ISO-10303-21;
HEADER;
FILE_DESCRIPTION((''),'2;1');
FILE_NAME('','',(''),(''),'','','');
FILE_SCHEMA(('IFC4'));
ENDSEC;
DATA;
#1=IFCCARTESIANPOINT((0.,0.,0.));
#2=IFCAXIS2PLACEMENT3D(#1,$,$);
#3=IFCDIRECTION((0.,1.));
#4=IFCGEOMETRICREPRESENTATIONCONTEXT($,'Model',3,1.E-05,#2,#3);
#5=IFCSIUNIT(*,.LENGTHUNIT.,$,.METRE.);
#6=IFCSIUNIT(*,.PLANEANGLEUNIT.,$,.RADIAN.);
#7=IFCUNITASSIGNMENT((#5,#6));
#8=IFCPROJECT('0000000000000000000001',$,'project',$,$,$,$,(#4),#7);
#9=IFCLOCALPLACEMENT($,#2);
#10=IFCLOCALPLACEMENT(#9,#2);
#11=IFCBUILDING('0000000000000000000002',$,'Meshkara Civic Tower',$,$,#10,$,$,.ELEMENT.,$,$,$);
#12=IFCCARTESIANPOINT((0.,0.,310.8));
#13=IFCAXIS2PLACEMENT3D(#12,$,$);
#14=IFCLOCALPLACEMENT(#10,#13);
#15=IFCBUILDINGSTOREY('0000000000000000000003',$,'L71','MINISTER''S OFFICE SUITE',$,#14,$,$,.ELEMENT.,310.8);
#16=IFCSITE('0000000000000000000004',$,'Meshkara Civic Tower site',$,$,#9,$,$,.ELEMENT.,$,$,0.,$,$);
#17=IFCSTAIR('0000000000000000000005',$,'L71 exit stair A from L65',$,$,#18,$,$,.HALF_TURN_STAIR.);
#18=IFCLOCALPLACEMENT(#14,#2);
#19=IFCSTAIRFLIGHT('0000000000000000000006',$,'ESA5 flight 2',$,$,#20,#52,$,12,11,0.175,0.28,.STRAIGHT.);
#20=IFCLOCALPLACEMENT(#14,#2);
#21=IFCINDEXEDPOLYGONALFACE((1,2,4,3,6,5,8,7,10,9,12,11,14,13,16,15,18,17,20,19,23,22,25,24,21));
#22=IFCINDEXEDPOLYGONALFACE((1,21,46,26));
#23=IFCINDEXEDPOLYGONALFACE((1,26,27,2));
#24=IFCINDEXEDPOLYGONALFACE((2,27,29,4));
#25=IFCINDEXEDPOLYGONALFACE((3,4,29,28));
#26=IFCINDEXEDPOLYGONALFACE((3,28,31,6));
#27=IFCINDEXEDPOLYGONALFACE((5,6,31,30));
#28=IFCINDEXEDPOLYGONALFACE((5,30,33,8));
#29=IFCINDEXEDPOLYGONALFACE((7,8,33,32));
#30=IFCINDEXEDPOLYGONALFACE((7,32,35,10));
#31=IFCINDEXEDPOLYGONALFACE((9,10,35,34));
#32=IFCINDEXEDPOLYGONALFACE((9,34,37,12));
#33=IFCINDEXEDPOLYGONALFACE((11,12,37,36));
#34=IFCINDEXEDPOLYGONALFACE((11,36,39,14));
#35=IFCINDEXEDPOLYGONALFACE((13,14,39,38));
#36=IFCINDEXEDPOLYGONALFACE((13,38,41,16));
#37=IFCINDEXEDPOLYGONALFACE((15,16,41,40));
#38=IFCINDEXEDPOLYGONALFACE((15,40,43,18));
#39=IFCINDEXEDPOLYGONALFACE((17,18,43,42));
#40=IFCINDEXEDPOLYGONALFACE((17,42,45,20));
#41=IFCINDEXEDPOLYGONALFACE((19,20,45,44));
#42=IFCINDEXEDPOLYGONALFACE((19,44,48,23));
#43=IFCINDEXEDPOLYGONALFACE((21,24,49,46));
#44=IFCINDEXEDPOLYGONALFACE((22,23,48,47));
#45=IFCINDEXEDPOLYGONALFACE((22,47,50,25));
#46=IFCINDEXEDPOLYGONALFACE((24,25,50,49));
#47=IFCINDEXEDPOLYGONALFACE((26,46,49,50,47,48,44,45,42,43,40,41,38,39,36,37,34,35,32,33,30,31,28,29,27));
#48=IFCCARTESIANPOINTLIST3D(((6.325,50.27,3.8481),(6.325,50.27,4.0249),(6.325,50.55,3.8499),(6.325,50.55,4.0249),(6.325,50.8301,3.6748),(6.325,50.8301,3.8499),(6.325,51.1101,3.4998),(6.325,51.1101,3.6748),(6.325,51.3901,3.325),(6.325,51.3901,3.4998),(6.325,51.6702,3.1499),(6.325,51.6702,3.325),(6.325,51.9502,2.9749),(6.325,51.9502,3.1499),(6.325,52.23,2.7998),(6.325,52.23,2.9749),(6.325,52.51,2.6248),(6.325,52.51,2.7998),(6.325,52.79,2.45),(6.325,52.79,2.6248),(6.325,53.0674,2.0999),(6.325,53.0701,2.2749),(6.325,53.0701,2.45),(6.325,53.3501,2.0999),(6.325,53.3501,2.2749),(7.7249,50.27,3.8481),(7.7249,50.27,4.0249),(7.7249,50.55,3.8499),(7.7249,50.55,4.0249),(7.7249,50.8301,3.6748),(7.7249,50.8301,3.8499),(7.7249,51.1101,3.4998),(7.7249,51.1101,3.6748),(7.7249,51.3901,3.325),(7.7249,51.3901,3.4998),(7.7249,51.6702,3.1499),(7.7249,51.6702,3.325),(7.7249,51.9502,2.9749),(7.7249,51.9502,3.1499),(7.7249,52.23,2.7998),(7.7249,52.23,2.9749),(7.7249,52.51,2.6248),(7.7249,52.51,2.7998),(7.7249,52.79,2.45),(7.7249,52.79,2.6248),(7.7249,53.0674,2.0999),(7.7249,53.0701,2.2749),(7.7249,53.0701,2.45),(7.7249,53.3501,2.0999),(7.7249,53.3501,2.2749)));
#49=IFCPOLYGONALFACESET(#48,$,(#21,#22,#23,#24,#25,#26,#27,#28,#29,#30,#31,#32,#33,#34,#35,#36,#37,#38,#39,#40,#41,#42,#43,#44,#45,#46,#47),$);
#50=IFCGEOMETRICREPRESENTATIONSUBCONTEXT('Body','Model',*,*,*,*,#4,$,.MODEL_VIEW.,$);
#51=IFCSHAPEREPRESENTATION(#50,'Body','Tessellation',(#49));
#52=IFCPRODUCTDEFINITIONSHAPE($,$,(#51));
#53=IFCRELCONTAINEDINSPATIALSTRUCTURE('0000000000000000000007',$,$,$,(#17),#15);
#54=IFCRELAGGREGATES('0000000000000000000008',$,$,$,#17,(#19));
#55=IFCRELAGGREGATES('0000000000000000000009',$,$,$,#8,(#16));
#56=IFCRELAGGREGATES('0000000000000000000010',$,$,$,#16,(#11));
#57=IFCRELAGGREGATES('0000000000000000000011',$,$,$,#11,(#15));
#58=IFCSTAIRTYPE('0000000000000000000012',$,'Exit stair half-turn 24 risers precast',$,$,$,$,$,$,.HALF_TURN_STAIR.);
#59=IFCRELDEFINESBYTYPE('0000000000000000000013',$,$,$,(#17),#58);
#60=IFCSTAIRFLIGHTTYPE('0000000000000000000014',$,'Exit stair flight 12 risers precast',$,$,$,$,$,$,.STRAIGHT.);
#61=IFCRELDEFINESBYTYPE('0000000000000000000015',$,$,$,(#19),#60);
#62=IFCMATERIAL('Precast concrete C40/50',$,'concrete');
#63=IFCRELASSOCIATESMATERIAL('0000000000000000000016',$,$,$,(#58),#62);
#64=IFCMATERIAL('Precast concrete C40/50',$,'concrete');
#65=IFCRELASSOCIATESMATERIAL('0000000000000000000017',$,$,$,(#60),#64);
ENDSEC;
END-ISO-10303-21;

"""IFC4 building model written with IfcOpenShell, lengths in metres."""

from ifc_helpers import new_model, si_unit, direction, frame, origin, place, context, subcontext, project, spatial, polyline, outline, extrude, material, type_object, element, aggregate, save


model = new_model("IFC4")

# Units and contexts
model_context = context("Model", 3, precision=1e-05, world=origin(), true_north=direction((0.0, 1.0)))
body_context = subcontext(model_context, "Body", "Model", "MODEL_VIEW")
ifc_project = project(units=[si_unit("LENGTHUNIT", "METRE"), si_unit("PLANEANGLEUNIT", "RADIAN")], contexts=[model_context])

# Site, building, storey
site_placement = place(None, origin())
site = spatial("IfcSite", under=ifc_project, at=site_placement, Name="Meshkara Civic Tower site", CompositionType="ELEMENT", RefElevation=0.0)
building_placement = place(site_placement, origin())
building = spatial("IfcBuilding", under=site, at=building_placement, Name="Meshkara Civic Tower", CompositionType="ELEMENT")
storey_placement = place(building_placement, frame((0.0, 0.0, 310.8)))
storey = spatial("IfcBuildingStorey", under=building, at=storey_placement, Name="L71", Description="MINISTER'S OFFICE SUITE", CompositionType="ELEMENT", Elevation=310.8)

# Stair, stair flight
ifc_material_1 = material(Name="Precast concrete C40/50", Category="concrete")
stair_type = type_object("IfcStairType", Name="Exit stair half-turn 24 risers precast", PredefinedType="HALF_TURN_STAIR", material=ifc_material_1)
stair_placement = place(storey_placement, origin())
stair = element("IfcStair", 1, at=stair_placement, inside=storey, type_object=stair_type, Name="L71 exit stair A from L65", PredefinedType="HALF_TURN_STAIR")
ifc_material_2 = material(Name="Precast concrete C40/50", Category="concrete")
stair_flight_type = type_object("IfcStairFlightType", Name="Exit stair flight 12 risers precast", PredefinedType="STRAIGHT", material=ifc_material_2)
stair_flight_1_placement = place(storey_placement, frame((7.0249, 53.3501, 2.0999), z_axis=(0.0, 0.0, 1.0), x_axis=(0.0, -1.0, 0.0)))
stair_flight_1 = element("IfcStairFlight", 2, at=stair_flight_1_placement, type_object=stair_flight_type, Name="ESA5 flight 2", NumberOfRisers=12, NumberOfTreads=11, PredefinedType="STRAIGHT", RiserHeight=0.175, TreadLength=0.28, context=body_context, shape_type="SweptSolid", body=[
    extrude(outline(polyline([(0.0, 0.0), (0.0, 0.175), (0.28, 0.175), (0.28, 0.3501), (0.5601, 0.3501), (0.5601, 0.5249), (0.8401, 0.5249), (0.8401, 0.7), (1.1201, 0.7), (1.1201, 0.875), (1.3999, 0.875), (1.3999, 1.05), (1.6799, 1.05), (1.6799, 1.2251), (1.96, 1.2251), (1.96, 1.3999), (2.24, 1.3999), (2.24, 1.575), (2.52, 1.575), (2.52, 1.75), (2.8, 1.75), (2.8, 1.925), (3.0801, 1.925), (3.0801, 2.1001), (3.0801, 1.7483), (0.2827, 0.0), (0.0, 0.0)])), frame((0.0, 0.7, 0.0), z_axis=(0.0, -1.0, 0.0), x_axis=(1.0, 0.0, 0.0)), (0.0, 0.0, 1.0), 1.3999),
])
aggregate(stair, [stair_flight_1])

save(model, "model.ifc")
